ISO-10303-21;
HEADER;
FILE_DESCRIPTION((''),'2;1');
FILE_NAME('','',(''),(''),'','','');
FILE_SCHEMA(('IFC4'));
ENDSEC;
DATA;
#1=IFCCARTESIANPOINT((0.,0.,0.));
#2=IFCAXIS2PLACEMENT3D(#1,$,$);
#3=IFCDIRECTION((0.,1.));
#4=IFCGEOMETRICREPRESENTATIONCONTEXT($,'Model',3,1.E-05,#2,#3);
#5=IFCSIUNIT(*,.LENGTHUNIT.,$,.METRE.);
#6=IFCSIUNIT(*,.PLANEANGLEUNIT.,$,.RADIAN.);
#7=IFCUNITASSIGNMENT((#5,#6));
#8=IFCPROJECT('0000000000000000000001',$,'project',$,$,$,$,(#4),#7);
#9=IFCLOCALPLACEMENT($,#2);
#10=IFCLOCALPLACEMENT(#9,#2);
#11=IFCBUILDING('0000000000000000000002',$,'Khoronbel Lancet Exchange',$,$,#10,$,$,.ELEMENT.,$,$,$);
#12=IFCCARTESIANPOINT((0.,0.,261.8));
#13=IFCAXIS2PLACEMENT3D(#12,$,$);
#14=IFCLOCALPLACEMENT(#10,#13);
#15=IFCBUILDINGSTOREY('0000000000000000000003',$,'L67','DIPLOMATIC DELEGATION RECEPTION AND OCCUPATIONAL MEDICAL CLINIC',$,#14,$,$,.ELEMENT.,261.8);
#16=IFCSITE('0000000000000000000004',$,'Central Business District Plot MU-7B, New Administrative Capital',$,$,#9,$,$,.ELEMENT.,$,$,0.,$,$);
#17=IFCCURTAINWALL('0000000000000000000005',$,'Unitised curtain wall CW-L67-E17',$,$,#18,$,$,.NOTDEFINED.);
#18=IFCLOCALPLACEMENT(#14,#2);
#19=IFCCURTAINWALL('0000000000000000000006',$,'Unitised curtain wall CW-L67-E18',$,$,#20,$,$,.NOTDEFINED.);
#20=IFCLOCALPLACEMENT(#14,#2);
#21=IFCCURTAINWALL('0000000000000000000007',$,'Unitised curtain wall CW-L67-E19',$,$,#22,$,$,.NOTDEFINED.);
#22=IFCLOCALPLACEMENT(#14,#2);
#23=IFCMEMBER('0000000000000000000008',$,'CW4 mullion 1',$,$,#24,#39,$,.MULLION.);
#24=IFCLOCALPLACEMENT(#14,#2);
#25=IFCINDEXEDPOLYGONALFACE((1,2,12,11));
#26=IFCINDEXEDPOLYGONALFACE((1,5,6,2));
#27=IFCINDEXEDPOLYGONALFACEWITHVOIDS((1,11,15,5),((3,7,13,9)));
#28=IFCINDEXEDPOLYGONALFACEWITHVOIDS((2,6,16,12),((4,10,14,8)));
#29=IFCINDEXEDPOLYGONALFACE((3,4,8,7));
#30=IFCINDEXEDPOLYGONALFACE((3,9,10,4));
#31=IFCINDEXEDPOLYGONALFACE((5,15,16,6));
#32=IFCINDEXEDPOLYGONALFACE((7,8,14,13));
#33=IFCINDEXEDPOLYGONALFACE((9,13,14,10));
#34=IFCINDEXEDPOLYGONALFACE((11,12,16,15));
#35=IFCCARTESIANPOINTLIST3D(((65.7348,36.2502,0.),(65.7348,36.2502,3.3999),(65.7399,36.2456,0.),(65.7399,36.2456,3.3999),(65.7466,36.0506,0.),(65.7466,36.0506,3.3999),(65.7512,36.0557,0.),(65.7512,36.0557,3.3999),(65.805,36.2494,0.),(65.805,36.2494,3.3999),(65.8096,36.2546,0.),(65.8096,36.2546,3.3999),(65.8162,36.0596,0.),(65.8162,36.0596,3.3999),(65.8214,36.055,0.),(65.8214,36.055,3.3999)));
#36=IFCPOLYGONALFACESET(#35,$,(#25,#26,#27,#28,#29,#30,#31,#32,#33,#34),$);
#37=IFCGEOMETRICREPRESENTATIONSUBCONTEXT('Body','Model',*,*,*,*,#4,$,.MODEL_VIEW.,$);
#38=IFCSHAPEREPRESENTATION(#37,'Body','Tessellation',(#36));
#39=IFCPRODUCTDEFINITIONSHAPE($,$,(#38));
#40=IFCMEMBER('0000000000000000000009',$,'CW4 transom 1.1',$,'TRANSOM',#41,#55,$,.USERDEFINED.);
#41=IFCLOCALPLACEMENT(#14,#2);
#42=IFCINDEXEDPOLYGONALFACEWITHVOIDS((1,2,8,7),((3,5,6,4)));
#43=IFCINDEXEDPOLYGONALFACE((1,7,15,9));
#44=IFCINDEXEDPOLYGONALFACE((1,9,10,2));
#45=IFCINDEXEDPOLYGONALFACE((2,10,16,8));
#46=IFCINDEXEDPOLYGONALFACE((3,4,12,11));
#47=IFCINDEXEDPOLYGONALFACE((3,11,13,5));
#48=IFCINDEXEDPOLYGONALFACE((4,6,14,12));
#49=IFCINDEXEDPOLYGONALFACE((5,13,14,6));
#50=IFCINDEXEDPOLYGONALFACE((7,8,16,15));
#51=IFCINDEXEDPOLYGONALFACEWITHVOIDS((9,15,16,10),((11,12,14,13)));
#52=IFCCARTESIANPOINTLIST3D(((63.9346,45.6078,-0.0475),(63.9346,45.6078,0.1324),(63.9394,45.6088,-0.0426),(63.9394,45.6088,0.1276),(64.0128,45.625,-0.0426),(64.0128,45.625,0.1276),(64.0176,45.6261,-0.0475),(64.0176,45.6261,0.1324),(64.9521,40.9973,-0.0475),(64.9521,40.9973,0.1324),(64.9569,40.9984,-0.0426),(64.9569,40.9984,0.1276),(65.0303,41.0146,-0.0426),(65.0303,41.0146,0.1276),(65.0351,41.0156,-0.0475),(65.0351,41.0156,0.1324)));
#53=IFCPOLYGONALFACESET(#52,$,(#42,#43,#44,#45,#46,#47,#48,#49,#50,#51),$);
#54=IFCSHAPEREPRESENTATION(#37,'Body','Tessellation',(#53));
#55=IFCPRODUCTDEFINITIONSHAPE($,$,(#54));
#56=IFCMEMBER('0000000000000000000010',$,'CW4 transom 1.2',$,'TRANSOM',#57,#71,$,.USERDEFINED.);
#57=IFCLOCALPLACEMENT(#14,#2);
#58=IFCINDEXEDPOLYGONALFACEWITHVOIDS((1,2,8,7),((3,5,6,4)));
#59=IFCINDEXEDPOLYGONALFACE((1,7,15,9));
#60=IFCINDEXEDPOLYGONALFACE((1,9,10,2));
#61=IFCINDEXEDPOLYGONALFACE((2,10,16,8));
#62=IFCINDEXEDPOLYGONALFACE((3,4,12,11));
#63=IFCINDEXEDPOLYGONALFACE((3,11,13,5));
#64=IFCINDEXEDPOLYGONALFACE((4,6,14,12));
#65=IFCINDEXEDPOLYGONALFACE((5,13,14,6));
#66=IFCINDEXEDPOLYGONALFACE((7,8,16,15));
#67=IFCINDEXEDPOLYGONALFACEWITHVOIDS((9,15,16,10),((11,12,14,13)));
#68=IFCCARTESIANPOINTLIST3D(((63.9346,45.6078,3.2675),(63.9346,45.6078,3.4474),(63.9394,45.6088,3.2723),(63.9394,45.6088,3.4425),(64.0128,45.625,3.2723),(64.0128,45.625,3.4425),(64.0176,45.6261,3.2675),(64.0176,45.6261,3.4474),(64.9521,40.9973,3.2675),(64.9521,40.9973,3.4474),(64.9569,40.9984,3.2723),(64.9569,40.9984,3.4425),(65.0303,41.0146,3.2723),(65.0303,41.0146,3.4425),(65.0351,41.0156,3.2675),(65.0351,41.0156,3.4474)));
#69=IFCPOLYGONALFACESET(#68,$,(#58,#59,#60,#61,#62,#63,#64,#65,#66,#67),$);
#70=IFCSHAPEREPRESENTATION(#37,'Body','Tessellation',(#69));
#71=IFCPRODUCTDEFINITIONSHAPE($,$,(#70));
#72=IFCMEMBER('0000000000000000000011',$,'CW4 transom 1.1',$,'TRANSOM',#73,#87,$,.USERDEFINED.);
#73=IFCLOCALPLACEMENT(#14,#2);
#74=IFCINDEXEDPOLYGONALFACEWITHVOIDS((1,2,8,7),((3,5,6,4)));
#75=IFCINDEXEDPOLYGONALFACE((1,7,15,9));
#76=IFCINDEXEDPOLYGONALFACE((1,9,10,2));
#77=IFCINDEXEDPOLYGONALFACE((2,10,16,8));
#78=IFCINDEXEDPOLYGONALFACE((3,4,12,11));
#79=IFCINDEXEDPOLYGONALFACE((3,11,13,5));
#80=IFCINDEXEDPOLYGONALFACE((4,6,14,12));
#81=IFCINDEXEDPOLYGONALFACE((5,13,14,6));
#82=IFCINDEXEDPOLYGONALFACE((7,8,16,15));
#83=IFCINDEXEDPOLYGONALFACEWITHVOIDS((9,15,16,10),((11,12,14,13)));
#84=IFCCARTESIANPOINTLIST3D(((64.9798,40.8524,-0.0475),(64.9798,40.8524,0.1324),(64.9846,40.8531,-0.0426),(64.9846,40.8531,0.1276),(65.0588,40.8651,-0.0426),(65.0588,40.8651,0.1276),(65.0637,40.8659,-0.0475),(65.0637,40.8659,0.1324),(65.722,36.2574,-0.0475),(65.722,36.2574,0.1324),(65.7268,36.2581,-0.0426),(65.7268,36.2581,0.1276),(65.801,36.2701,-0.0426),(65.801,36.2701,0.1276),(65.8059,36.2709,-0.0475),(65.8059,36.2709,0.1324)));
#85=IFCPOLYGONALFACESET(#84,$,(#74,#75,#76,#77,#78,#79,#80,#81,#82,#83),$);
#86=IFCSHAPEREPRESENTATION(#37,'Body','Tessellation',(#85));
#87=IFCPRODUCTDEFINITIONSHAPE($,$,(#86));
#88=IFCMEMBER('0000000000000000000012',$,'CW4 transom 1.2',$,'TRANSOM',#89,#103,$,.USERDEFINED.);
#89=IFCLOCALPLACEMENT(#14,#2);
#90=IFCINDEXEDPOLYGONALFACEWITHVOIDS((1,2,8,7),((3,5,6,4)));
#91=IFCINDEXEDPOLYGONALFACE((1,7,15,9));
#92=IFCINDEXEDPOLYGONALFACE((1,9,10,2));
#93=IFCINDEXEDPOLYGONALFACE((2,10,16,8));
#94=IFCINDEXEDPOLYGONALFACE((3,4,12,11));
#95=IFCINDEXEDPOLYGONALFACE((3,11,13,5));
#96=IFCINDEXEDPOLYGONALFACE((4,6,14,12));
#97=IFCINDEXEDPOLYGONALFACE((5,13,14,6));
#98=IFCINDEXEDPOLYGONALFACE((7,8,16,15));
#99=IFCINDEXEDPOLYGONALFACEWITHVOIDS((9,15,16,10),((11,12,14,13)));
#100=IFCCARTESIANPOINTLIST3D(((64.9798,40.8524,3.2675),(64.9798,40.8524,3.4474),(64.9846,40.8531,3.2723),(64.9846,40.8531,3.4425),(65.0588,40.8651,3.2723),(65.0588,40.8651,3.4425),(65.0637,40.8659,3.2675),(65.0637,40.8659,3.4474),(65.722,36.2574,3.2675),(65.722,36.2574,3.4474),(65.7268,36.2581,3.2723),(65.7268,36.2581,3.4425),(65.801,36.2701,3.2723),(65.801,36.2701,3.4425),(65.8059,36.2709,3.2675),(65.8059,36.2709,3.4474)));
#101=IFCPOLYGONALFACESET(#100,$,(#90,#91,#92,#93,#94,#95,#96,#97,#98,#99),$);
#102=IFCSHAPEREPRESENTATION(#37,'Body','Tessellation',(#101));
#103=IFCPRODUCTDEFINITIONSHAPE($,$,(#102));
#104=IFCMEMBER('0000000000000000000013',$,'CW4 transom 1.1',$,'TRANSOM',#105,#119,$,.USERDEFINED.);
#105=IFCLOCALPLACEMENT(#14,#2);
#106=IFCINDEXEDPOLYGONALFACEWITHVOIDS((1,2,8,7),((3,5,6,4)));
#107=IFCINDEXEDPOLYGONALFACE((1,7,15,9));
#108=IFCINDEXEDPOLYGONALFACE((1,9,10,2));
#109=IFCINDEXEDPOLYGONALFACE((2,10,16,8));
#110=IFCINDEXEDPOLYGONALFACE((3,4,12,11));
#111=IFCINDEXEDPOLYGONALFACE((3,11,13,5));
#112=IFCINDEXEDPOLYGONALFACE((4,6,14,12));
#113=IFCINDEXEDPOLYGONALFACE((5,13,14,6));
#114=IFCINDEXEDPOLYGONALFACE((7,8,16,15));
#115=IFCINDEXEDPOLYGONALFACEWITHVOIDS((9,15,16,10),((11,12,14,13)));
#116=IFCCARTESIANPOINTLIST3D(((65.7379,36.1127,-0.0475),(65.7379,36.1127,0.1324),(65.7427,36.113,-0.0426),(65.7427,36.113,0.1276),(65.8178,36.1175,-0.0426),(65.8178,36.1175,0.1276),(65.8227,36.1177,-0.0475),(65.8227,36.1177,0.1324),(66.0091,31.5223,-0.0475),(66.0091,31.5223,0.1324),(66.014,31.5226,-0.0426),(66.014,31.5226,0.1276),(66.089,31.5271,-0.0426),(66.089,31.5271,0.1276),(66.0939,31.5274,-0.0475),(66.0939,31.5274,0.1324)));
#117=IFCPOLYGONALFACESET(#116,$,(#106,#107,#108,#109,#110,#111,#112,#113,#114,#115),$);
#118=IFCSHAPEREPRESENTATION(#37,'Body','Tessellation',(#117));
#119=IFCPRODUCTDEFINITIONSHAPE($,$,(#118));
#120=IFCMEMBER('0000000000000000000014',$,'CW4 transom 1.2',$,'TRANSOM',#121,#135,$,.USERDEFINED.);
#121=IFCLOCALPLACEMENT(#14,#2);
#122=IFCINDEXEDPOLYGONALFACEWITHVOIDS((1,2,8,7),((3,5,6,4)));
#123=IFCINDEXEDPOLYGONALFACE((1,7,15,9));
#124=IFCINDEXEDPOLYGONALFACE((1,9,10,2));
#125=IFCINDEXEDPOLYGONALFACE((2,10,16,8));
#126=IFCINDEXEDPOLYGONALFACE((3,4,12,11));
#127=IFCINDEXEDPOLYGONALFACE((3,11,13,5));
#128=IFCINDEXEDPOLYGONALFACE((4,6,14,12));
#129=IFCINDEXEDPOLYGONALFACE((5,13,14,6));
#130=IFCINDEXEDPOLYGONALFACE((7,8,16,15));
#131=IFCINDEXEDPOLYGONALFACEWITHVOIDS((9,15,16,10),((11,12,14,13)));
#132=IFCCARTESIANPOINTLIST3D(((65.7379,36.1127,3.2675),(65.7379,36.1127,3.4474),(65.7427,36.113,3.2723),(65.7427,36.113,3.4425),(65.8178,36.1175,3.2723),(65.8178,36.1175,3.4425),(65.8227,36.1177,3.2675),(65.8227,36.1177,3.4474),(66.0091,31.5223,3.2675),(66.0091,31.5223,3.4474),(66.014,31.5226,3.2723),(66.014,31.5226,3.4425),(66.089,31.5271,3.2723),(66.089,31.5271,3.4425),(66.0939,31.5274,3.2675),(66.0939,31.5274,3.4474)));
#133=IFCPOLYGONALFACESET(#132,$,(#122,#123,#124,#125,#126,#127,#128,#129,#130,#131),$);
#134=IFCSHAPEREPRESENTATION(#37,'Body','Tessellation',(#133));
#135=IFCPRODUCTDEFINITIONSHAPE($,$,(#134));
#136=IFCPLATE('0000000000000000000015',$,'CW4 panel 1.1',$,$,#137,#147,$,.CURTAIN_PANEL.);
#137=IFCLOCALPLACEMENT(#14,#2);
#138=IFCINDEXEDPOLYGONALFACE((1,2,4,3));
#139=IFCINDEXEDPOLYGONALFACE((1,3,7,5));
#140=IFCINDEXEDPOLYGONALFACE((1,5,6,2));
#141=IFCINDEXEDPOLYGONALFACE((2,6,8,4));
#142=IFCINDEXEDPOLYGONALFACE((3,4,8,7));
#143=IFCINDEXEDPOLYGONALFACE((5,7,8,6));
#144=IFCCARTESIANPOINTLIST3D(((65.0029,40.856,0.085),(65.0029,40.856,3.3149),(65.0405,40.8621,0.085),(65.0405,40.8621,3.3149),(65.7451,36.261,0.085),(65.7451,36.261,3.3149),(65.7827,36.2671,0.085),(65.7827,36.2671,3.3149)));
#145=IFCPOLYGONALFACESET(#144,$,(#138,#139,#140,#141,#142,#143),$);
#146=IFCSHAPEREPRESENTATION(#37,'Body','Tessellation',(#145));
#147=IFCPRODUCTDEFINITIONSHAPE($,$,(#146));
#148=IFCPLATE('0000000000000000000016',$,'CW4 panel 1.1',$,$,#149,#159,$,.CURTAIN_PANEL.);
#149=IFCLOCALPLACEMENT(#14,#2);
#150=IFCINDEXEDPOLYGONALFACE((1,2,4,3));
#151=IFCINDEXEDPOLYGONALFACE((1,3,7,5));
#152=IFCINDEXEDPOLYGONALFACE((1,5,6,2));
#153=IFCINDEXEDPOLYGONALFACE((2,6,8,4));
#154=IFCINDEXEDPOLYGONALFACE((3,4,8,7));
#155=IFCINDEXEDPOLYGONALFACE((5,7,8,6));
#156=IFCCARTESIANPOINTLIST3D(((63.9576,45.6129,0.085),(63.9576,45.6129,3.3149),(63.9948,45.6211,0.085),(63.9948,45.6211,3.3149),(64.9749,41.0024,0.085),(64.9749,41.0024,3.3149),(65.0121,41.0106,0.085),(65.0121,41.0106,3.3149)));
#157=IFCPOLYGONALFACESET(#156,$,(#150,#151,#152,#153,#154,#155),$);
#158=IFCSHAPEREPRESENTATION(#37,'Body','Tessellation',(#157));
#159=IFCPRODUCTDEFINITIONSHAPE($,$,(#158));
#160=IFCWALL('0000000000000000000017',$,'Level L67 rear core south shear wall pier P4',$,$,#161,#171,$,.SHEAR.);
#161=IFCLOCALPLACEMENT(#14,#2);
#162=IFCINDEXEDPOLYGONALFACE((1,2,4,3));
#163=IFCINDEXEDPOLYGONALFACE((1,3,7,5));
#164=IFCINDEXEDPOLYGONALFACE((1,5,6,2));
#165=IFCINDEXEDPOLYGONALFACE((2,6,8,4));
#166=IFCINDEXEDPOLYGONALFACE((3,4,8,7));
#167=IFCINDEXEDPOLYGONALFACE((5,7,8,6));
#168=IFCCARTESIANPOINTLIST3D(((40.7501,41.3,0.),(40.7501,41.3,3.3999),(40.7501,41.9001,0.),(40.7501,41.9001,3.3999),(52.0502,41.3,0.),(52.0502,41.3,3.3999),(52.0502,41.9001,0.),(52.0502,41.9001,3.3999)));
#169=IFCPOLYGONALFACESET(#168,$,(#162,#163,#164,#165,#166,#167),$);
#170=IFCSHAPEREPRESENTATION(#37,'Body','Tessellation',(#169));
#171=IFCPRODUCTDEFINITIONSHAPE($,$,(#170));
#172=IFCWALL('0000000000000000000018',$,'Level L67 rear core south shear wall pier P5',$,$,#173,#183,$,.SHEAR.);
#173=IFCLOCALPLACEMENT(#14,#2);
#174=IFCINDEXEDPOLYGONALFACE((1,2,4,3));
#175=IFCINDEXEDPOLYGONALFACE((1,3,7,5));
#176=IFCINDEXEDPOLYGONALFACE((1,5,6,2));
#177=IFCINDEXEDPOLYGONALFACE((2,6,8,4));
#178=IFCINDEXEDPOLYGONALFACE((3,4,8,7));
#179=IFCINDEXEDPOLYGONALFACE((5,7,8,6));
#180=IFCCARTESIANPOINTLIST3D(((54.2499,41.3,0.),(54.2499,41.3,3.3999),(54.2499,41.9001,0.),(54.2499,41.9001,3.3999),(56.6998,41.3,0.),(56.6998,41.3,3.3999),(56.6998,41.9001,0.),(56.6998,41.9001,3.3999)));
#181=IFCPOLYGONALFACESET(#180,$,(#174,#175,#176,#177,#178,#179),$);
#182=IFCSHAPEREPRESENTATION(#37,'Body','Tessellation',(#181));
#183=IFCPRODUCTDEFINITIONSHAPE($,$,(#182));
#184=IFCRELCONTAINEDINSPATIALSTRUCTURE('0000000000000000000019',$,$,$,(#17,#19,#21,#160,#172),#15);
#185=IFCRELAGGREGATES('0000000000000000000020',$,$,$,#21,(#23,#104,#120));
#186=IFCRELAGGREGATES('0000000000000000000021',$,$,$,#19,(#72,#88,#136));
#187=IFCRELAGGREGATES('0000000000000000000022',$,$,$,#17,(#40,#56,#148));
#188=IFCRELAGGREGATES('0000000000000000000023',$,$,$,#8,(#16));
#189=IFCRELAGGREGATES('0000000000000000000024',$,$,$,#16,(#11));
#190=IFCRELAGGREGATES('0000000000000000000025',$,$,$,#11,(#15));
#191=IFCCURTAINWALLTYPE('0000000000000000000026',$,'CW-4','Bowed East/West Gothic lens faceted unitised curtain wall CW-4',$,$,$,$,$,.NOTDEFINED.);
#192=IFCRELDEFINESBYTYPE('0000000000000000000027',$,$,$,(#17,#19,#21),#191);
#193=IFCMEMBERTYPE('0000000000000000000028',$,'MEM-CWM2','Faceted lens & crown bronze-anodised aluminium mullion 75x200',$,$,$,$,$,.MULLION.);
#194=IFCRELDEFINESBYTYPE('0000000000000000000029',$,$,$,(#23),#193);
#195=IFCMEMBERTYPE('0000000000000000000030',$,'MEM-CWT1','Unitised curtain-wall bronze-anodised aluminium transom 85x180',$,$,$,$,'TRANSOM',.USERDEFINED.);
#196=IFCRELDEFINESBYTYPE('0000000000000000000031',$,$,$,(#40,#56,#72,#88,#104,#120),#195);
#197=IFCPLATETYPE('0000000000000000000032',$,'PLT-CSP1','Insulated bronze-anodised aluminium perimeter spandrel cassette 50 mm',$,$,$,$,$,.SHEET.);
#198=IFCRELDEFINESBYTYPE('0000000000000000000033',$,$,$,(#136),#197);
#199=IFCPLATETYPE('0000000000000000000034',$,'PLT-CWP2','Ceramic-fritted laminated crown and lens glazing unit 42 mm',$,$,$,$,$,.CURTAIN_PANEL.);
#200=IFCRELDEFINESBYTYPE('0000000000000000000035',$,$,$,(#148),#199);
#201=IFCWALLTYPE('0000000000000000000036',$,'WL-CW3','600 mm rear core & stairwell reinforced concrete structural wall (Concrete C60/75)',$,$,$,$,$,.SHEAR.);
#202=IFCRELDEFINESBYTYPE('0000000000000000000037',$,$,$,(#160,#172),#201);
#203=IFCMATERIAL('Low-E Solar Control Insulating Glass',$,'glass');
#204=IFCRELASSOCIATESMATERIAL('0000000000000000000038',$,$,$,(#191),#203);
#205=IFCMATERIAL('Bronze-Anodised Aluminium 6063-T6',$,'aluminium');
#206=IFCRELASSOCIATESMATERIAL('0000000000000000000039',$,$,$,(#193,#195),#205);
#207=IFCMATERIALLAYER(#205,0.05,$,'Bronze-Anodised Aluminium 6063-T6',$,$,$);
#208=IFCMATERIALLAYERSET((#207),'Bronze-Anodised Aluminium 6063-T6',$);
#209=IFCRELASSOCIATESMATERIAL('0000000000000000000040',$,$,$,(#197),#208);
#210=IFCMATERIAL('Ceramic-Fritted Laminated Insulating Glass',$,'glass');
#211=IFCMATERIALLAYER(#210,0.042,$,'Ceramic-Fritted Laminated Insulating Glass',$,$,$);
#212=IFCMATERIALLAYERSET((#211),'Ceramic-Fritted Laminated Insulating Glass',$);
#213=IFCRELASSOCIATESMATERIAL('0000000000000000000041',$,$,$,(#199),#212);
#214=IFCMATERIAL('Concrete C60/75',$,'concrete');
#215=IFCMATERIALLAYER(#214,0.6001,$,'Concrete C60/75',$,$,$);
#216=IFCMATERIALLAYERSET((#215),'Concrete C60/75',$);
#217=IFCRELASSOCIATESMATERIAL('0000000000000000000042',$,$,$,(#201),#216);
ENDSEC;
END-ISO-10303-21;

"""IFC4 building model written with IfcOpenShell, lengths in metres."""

from ifc_helpers import new_model, si_unit, direction, frame, frame_2d, origin, origin_2d, place, context, subcontext, project, spatial, rectangle, hollow_rectangle, extrude, material, layer, layer_set, material_profile, profile_set, type_object, element, aggregate, save


model = new_model("IFC4")

# Units and contexts
model_context = context("Model", 3, precision=1e-05, world=origin(), true_north=direction((0.0, 1.0)))
body_context = subcontext(model_context, "Body", "Model", "MODEL_VIEW")
ifc_project = project(units=[si_unit("LENGTHUNIT", "METRE"), si_unit("PLANEANGLEUNIT", "RADIAN")], contexts=[model_context])

# Site, building, storey
site_placement = place(None, origin())
site = spatial("IfcSite", under=ifc_project, at=site_placement, Name="Central Business District Plot MU-7B, New Administrative Capital", CompositionType="ELEMENT", RefElevation=0.0)
building_placement = place(site_placement, origin())
building = spatial("IfcBuilding", under=site, at=building_placement, Name="Khoronbel Lancet Exchange", CompositionType="ELEMENT")
storey_placement = place(building_placement, frame((0.0, 0.0, 261.8)))
storey = spatial("IfcBuildingStorey", under=building, at=storey_placement, Name="L67", Description="DIPLOMATIC DELEGATION RECEPTION AND OCCUPATIONAL MEDICAL CLINIC", CompositionType="ELEMENT", Elevation=261.8)

# Shared definitions
ifc_material_1 = material(Name="Concrete C60/75", Category="concrete")

# Curtain walls
ifc_material_2 = material(Name="Low-E Solar Control Insulating Glass", Category="glass")
curtain_wall_type = type_object("IfcCurtainWallType", Name="CW-4", Description="Bowed East/West Gothic lens faceted unitised curtain wall CW-4", PredefinedType="NOTDEFINED", material=ifc_material_2)
curtain_wall_1_placement = place(storey_placement, origin())
curtain_wall_1 = element("IfcCurtainWall", 1, at=curtain_wall_1_placement, inside=storey, type_object=curtain_wall_type, Name="Unitised curtain wall CW-L67-E17", PredefinedType="NOTDEFINED")
ifc_material_3 = material(Name="Bronze-Anodised Aluminium 6063-T6", Category="aluminium")
ifc_material_profile_1 = material_profile(ifc_material_3, hollow_rectangle(XDim=0.075, YDim=0.2, WallThickness=0.0049, at=origin_2d()), Name="ALU MULLION 75x200")
ifc_profile_set_1 = profile_set([ifc_material_profile_1], Name="Bronze-Anodised Aluminium 6063-T6")
member_type_1 = type_object("IfcMemberType", Name="MEM-CWM2", Description="Faceted lens & crown bronze-anodised aluminium mullion 75x200", PredefinedType="MULLION", material=ifc_profile_set_1)
curtain_wall_2_placement = place(storey_placement, origin())
curtain_wall_2 = element("IfcCurtainWall", 2, at=curtain_wall_2_placement, inside=storey, type_object=curtain_wall_type, Name="Unitised curtain wall CW-L67-E18", PredefinedType="NOTDEFINED")

# Curtain wall, member
curtain_wall_3_placement = place(storey_placement, origin())
curtain_wall_3 = element("IfcCurtainWall", 3, at=curtain_wall_3_placement, inside=storey, type_object=curtain_wall_type, Name="Unitised curtain wall CW-L67-E19", PredefinedType="NOTDEFINED")
member_1_placement = place(storey_placement, frame((65.7781, 36.1526, 0.0), z_axis=(0.0, 0.0, 1.0), x_axis=(0.998257, 0.05901, 0.0)))
member_1 = element("IfcMember", 4, at=member_1_placement, type_object=member_type_1, Name="CW4 mullion 1", PredefinedType="MULLION", context=body_context, shape_type="SweptSolid", body=[
    extrude(hollow_rectangle(XDim=0.075, YDim=0.2, WallThickness=0.0049, at=origin_2d()), origin(), (0.0, 0.0, 1.0), 3.3999),
])

# Members
ifc_material_profile_2 = material_profile(ifc_material_3, hollow_rectangle(XDim=0.085, YDim=0.1799, WallThickness=0.0049, at=origin_2d()), Name="ALU TRANSOM 85x180")
ifc_profile_set_2 = profile_set([ifc_material_profile_2], Name="Bronze-Anodised Aluminium 6063-T6")
member_type_2 = type_object("IfcMemberType", Name="MEM-CWT1", Description="Unitised curtain-wall bronze-anodised aluminium transom 85x180", ElementType="TRANSOM", PredefinedType="USERDEFINED", material=ifc_profile_set_2)
member_2_placement = place(storey_placement, frame((63.9761, 45.6169, 0.0425), z_axis=(0.215518, -0.9765, 0.0), x_axis=(0.9765, 0.215518, 0.0)))
member_2 = element("IfcMember", 5, at=member_2_placement, type_object=member_type_2, Name="CW4 transom 1.1", ObjectType="TRANSOM", PredefinedType="USERDEFINED", context=body_context, shape_type="SweptSolid", body=[
    extrude(hollow_rectangle(XDim=0.085, YDim=0.1799, WallThickness=0.0049, at=origin_2d()), origin(), (0.0, 0.0, 1.0), 4.7214),
])
member_3_placement = place(storey_placement, frame((63.9761, 45.6169, 3.3574), z_axis=(0.215518, -0.9765, 0.0), x_axis=(0.9765, 0.215518, 0.0)))
member_3 = element("IfcMember", 6, at=member_3_placement, type_object=member_type_2, Name="CW4 transom 1.2", ObjectType="TRANSOM", PredefinedType="USERDEFINED", context=body_context, shape_type="SweptSolid", body=[
    extrude(hollow_rectangle(XDim=0.085, YDim=0.1799, WallThickness=0.0049, at=origin_2d()), origin(), (0.0, 0.0, 1.0), 4.7214),
])
member_4_placement = place(storey_placement, frame((65.0217, 40.8591, 0.0425), z_axis=(0.159455, -0.987205, 0.0), x_axis=(0.987205, 0.159455, 0.0)))
member_4 = element("IfcMember", 7, at=member_4_placement, type_object=member_type_2, Name="CW4 transom 1.1", ObjectType="TRANSOM", PredefinedType="USERDEFINED", context=body_context, shape_type="SweptSolid", body=[
    extrude(hollow_rectangle(XDim=0.085, YDim=0.1799, WallThickness=0.0049, at=origin_2d()), origin(), (0.0, 0.0, 1.0), 4.6545),
])
member_5_placement = place(storey_placement, frame((65.0217, 40.8591, 3.3574), z_axis=(0.159455, -0.987205, 0.0), x_axis=(0.987205, 0.159455, 0.0)))
member_5 = element("IfcMember", 8, at=member_5_placement, type_object=member_type_2, Name="CW4 transom 1.2", ObjectType="TRANSOM", PredefinedType="USERDEFINED", context=body_context, shape_type="SweptSolid", body=[
    extrude(hollow_rectangle(XDim=0.085, YDim=0.1799, WallThickness=0.0049, at=origin_2d()), origin(), (0.0, 0.0, 1.0), 4.6545),
])
member_6_placement = place(storey_placement, frame((65.7803, 36.1152, 0.0425), z_axis=(0.058987, -0.998259, 0.0), x_axis=(0.998259, 0.058987, 0.0)))
member_6 = element("IfcMember", 9, at=member_6_placement, type_object=member_type_2, Name="CW4 transom 1.1", ObjectType="TRANSOM", PredefinedType="USERDEFINED", context=body_context, shape_type="SweptSolid", body=[
    extrude(hollow_rectangle(XDim=0.085, YDim=0.1799, WallThickness=0.0049, at=origin_2d()), origin(), (0.0, 0.0, 1.0), 4.5984),
])
member_7_placement = place(storey_placement, frame((65.7803, 36.1152, 3.3574), z_axis=(0.058987, -0.998259, 0.0), x_axis=(0.998259, 0.058987, 0.0)))
member_7 = element("IfcMember", 10, at=member_7_placement, type_object=member_type_2, Name="CW4 transom 1.2", ObjectType="TRANSOM", PredefinedType="USERDEFINED", context=body_context, shape_type="SweptSolid", body=[
    extrude(hollow_rectangle(XDim=0.085, YDim=0.1799, WallThickness=0.0049, at=origin_2d()), origin(), (0.0, 0.0, 1.0), 4.5984),
])
aggregate(curtain_wall_3, [member_1, member_6, member_7])

# Plates
ifc_layer_1 = layer(ifc_material_3, 0.05, Name="Bronze-Anodised Aluminium 6063-T6")
ifc_layer_set_1 = layer_set([ifc_layer_1], Name="Bronze-Anodised Aluminium 6063-T6")
plate_type_1 = type_object("IfcPlateType", Name="PLT-CSP1", Description="Insulated bronze-anodised aluminium perimeter spandrel cassette 50 mm", PredefinedType="SHEET", material=ifc_layer_set_1)
plate_1_placement = place(storey_placement, frame((65.3928, 38.5615, 0.085), z_axis=(0.0, 0.0, 1.0), x_axis=(0.159456, -0.987205, 0.0)))
plate_1 = element("IfcPlate", 11, at=plate_1_placement, type_object=plate_type_1, Name="CW4 panel 1.1", PredefinedType="CURTAIN_PANEL", context=body_context, shape_type="SweptSolid", body=[
    extrude(rectangle(XDim=4.6545, YDim=0.0381, at=origin_2d()), origin(), (0.0, 0.0, 1.0), 3.23),
])
aggregate(curtain_wall_2, [member_4, member_5, plate_1])
ifc_material_4 = material(Name="Ceramic-Fritted Laminated Insulating Glass", Category="glass")
ifc_layer_2 = layer(ifc_material_4, 0.042, Name="Ceramic-Fritted Laminated Insulating Glass")
ifc_layer_set_2 = layer_set([ifc_layer_2], Name="Ceramic-Fritted Laminated Insulating Glass")
plate_type_2 = type_object("IfcPlateType", Name="PLT-CWP2", Description="Ceramic-fritted laminated crown and lens glazing unit 42 mm", PredefinedType="CURTAIN_PANEL", material=ifc_layer_set_2)
plate_2_placement = place(storey_placement, frame((64.4849, 43.3118, 0.085), z_axis=(0.0, 0.0, 1.0), x_axis=(0.215476, -0.976509, 0.0)))
plate_2 = element("IfcPlate", 12, at=plate_2_placement, type_object=plate_type_2, Name="CW4 panel 1.1", PredefinedType="CURTAIN_PANEL", context=body_context, shape_type="SweptSolid", body=[
    extrude(rectangle(XDim=4.7214, YDim=0.0381, at=origin_2d()), origin(), (0.0, 0.0, 1.0), 3.23),
])
aggregate(curtain_wall_1, [member_2, member_3, plate_2])

# Walls
ifc_layer_3 = layer(ifc_material_1, 0.6001, Name="Concrete C60/75")
ifc_layer_set_3 = layer_set([ifc_layer_3], Name="Concrete C60/75")
wall_type_1 = type_object("IfcWallType", Name="WL-CW3", Description="600 mm rear core & stairwell reinforced concrete structural wall (Concrete C60/75)", PredefinedType="SHEAR", material=ifc_layer_set_3)
wall_1_placement = place(storey_placement, frame((52.05, 41.6001, 0.0), z_axis=(0.0, 0.0, 1.0), x_axis=(-1.0, 0.0, 0.0)))
element("IfcWall", 13, at=wall_1_placement, inside=storey, type_object=wall_type_1, Name="Level L67 rear core south shear wall pier P4", PredefinedType="SHEAR", context=body_context, shape_type="SweptSolid", body=[
    extrude(rectangle(XDim=11.3, YDim=0.6001, at=frame_2d((5.6499, 0.0))), origin(), (0.0, 0.0, 1.0), 3.3999),
])
wall_2_placement = place(storey_placement, frame((56.7, 41.6001, 0.0), z_axis=(0.0, 0.0, 1.0), x_axis=(-1.0, 0.0, 0.0)))
element("IfcWall", 14, at=wall_2_placement, inside=storey, type_object=wall_type_1, Name="Level L67 rear core south shear wall pier P5", PredefinedType="SHEAR", context=body_context, shape_type="SweptSolid", body=[
    extrude(rectangle(XDim=2.45, YDim=0.6001, at=frame_2d((1.2251, 0.0))), origin(), (0.0, 0.0, 1.0), 3.3999),
])

save(model, "model.ifc")
